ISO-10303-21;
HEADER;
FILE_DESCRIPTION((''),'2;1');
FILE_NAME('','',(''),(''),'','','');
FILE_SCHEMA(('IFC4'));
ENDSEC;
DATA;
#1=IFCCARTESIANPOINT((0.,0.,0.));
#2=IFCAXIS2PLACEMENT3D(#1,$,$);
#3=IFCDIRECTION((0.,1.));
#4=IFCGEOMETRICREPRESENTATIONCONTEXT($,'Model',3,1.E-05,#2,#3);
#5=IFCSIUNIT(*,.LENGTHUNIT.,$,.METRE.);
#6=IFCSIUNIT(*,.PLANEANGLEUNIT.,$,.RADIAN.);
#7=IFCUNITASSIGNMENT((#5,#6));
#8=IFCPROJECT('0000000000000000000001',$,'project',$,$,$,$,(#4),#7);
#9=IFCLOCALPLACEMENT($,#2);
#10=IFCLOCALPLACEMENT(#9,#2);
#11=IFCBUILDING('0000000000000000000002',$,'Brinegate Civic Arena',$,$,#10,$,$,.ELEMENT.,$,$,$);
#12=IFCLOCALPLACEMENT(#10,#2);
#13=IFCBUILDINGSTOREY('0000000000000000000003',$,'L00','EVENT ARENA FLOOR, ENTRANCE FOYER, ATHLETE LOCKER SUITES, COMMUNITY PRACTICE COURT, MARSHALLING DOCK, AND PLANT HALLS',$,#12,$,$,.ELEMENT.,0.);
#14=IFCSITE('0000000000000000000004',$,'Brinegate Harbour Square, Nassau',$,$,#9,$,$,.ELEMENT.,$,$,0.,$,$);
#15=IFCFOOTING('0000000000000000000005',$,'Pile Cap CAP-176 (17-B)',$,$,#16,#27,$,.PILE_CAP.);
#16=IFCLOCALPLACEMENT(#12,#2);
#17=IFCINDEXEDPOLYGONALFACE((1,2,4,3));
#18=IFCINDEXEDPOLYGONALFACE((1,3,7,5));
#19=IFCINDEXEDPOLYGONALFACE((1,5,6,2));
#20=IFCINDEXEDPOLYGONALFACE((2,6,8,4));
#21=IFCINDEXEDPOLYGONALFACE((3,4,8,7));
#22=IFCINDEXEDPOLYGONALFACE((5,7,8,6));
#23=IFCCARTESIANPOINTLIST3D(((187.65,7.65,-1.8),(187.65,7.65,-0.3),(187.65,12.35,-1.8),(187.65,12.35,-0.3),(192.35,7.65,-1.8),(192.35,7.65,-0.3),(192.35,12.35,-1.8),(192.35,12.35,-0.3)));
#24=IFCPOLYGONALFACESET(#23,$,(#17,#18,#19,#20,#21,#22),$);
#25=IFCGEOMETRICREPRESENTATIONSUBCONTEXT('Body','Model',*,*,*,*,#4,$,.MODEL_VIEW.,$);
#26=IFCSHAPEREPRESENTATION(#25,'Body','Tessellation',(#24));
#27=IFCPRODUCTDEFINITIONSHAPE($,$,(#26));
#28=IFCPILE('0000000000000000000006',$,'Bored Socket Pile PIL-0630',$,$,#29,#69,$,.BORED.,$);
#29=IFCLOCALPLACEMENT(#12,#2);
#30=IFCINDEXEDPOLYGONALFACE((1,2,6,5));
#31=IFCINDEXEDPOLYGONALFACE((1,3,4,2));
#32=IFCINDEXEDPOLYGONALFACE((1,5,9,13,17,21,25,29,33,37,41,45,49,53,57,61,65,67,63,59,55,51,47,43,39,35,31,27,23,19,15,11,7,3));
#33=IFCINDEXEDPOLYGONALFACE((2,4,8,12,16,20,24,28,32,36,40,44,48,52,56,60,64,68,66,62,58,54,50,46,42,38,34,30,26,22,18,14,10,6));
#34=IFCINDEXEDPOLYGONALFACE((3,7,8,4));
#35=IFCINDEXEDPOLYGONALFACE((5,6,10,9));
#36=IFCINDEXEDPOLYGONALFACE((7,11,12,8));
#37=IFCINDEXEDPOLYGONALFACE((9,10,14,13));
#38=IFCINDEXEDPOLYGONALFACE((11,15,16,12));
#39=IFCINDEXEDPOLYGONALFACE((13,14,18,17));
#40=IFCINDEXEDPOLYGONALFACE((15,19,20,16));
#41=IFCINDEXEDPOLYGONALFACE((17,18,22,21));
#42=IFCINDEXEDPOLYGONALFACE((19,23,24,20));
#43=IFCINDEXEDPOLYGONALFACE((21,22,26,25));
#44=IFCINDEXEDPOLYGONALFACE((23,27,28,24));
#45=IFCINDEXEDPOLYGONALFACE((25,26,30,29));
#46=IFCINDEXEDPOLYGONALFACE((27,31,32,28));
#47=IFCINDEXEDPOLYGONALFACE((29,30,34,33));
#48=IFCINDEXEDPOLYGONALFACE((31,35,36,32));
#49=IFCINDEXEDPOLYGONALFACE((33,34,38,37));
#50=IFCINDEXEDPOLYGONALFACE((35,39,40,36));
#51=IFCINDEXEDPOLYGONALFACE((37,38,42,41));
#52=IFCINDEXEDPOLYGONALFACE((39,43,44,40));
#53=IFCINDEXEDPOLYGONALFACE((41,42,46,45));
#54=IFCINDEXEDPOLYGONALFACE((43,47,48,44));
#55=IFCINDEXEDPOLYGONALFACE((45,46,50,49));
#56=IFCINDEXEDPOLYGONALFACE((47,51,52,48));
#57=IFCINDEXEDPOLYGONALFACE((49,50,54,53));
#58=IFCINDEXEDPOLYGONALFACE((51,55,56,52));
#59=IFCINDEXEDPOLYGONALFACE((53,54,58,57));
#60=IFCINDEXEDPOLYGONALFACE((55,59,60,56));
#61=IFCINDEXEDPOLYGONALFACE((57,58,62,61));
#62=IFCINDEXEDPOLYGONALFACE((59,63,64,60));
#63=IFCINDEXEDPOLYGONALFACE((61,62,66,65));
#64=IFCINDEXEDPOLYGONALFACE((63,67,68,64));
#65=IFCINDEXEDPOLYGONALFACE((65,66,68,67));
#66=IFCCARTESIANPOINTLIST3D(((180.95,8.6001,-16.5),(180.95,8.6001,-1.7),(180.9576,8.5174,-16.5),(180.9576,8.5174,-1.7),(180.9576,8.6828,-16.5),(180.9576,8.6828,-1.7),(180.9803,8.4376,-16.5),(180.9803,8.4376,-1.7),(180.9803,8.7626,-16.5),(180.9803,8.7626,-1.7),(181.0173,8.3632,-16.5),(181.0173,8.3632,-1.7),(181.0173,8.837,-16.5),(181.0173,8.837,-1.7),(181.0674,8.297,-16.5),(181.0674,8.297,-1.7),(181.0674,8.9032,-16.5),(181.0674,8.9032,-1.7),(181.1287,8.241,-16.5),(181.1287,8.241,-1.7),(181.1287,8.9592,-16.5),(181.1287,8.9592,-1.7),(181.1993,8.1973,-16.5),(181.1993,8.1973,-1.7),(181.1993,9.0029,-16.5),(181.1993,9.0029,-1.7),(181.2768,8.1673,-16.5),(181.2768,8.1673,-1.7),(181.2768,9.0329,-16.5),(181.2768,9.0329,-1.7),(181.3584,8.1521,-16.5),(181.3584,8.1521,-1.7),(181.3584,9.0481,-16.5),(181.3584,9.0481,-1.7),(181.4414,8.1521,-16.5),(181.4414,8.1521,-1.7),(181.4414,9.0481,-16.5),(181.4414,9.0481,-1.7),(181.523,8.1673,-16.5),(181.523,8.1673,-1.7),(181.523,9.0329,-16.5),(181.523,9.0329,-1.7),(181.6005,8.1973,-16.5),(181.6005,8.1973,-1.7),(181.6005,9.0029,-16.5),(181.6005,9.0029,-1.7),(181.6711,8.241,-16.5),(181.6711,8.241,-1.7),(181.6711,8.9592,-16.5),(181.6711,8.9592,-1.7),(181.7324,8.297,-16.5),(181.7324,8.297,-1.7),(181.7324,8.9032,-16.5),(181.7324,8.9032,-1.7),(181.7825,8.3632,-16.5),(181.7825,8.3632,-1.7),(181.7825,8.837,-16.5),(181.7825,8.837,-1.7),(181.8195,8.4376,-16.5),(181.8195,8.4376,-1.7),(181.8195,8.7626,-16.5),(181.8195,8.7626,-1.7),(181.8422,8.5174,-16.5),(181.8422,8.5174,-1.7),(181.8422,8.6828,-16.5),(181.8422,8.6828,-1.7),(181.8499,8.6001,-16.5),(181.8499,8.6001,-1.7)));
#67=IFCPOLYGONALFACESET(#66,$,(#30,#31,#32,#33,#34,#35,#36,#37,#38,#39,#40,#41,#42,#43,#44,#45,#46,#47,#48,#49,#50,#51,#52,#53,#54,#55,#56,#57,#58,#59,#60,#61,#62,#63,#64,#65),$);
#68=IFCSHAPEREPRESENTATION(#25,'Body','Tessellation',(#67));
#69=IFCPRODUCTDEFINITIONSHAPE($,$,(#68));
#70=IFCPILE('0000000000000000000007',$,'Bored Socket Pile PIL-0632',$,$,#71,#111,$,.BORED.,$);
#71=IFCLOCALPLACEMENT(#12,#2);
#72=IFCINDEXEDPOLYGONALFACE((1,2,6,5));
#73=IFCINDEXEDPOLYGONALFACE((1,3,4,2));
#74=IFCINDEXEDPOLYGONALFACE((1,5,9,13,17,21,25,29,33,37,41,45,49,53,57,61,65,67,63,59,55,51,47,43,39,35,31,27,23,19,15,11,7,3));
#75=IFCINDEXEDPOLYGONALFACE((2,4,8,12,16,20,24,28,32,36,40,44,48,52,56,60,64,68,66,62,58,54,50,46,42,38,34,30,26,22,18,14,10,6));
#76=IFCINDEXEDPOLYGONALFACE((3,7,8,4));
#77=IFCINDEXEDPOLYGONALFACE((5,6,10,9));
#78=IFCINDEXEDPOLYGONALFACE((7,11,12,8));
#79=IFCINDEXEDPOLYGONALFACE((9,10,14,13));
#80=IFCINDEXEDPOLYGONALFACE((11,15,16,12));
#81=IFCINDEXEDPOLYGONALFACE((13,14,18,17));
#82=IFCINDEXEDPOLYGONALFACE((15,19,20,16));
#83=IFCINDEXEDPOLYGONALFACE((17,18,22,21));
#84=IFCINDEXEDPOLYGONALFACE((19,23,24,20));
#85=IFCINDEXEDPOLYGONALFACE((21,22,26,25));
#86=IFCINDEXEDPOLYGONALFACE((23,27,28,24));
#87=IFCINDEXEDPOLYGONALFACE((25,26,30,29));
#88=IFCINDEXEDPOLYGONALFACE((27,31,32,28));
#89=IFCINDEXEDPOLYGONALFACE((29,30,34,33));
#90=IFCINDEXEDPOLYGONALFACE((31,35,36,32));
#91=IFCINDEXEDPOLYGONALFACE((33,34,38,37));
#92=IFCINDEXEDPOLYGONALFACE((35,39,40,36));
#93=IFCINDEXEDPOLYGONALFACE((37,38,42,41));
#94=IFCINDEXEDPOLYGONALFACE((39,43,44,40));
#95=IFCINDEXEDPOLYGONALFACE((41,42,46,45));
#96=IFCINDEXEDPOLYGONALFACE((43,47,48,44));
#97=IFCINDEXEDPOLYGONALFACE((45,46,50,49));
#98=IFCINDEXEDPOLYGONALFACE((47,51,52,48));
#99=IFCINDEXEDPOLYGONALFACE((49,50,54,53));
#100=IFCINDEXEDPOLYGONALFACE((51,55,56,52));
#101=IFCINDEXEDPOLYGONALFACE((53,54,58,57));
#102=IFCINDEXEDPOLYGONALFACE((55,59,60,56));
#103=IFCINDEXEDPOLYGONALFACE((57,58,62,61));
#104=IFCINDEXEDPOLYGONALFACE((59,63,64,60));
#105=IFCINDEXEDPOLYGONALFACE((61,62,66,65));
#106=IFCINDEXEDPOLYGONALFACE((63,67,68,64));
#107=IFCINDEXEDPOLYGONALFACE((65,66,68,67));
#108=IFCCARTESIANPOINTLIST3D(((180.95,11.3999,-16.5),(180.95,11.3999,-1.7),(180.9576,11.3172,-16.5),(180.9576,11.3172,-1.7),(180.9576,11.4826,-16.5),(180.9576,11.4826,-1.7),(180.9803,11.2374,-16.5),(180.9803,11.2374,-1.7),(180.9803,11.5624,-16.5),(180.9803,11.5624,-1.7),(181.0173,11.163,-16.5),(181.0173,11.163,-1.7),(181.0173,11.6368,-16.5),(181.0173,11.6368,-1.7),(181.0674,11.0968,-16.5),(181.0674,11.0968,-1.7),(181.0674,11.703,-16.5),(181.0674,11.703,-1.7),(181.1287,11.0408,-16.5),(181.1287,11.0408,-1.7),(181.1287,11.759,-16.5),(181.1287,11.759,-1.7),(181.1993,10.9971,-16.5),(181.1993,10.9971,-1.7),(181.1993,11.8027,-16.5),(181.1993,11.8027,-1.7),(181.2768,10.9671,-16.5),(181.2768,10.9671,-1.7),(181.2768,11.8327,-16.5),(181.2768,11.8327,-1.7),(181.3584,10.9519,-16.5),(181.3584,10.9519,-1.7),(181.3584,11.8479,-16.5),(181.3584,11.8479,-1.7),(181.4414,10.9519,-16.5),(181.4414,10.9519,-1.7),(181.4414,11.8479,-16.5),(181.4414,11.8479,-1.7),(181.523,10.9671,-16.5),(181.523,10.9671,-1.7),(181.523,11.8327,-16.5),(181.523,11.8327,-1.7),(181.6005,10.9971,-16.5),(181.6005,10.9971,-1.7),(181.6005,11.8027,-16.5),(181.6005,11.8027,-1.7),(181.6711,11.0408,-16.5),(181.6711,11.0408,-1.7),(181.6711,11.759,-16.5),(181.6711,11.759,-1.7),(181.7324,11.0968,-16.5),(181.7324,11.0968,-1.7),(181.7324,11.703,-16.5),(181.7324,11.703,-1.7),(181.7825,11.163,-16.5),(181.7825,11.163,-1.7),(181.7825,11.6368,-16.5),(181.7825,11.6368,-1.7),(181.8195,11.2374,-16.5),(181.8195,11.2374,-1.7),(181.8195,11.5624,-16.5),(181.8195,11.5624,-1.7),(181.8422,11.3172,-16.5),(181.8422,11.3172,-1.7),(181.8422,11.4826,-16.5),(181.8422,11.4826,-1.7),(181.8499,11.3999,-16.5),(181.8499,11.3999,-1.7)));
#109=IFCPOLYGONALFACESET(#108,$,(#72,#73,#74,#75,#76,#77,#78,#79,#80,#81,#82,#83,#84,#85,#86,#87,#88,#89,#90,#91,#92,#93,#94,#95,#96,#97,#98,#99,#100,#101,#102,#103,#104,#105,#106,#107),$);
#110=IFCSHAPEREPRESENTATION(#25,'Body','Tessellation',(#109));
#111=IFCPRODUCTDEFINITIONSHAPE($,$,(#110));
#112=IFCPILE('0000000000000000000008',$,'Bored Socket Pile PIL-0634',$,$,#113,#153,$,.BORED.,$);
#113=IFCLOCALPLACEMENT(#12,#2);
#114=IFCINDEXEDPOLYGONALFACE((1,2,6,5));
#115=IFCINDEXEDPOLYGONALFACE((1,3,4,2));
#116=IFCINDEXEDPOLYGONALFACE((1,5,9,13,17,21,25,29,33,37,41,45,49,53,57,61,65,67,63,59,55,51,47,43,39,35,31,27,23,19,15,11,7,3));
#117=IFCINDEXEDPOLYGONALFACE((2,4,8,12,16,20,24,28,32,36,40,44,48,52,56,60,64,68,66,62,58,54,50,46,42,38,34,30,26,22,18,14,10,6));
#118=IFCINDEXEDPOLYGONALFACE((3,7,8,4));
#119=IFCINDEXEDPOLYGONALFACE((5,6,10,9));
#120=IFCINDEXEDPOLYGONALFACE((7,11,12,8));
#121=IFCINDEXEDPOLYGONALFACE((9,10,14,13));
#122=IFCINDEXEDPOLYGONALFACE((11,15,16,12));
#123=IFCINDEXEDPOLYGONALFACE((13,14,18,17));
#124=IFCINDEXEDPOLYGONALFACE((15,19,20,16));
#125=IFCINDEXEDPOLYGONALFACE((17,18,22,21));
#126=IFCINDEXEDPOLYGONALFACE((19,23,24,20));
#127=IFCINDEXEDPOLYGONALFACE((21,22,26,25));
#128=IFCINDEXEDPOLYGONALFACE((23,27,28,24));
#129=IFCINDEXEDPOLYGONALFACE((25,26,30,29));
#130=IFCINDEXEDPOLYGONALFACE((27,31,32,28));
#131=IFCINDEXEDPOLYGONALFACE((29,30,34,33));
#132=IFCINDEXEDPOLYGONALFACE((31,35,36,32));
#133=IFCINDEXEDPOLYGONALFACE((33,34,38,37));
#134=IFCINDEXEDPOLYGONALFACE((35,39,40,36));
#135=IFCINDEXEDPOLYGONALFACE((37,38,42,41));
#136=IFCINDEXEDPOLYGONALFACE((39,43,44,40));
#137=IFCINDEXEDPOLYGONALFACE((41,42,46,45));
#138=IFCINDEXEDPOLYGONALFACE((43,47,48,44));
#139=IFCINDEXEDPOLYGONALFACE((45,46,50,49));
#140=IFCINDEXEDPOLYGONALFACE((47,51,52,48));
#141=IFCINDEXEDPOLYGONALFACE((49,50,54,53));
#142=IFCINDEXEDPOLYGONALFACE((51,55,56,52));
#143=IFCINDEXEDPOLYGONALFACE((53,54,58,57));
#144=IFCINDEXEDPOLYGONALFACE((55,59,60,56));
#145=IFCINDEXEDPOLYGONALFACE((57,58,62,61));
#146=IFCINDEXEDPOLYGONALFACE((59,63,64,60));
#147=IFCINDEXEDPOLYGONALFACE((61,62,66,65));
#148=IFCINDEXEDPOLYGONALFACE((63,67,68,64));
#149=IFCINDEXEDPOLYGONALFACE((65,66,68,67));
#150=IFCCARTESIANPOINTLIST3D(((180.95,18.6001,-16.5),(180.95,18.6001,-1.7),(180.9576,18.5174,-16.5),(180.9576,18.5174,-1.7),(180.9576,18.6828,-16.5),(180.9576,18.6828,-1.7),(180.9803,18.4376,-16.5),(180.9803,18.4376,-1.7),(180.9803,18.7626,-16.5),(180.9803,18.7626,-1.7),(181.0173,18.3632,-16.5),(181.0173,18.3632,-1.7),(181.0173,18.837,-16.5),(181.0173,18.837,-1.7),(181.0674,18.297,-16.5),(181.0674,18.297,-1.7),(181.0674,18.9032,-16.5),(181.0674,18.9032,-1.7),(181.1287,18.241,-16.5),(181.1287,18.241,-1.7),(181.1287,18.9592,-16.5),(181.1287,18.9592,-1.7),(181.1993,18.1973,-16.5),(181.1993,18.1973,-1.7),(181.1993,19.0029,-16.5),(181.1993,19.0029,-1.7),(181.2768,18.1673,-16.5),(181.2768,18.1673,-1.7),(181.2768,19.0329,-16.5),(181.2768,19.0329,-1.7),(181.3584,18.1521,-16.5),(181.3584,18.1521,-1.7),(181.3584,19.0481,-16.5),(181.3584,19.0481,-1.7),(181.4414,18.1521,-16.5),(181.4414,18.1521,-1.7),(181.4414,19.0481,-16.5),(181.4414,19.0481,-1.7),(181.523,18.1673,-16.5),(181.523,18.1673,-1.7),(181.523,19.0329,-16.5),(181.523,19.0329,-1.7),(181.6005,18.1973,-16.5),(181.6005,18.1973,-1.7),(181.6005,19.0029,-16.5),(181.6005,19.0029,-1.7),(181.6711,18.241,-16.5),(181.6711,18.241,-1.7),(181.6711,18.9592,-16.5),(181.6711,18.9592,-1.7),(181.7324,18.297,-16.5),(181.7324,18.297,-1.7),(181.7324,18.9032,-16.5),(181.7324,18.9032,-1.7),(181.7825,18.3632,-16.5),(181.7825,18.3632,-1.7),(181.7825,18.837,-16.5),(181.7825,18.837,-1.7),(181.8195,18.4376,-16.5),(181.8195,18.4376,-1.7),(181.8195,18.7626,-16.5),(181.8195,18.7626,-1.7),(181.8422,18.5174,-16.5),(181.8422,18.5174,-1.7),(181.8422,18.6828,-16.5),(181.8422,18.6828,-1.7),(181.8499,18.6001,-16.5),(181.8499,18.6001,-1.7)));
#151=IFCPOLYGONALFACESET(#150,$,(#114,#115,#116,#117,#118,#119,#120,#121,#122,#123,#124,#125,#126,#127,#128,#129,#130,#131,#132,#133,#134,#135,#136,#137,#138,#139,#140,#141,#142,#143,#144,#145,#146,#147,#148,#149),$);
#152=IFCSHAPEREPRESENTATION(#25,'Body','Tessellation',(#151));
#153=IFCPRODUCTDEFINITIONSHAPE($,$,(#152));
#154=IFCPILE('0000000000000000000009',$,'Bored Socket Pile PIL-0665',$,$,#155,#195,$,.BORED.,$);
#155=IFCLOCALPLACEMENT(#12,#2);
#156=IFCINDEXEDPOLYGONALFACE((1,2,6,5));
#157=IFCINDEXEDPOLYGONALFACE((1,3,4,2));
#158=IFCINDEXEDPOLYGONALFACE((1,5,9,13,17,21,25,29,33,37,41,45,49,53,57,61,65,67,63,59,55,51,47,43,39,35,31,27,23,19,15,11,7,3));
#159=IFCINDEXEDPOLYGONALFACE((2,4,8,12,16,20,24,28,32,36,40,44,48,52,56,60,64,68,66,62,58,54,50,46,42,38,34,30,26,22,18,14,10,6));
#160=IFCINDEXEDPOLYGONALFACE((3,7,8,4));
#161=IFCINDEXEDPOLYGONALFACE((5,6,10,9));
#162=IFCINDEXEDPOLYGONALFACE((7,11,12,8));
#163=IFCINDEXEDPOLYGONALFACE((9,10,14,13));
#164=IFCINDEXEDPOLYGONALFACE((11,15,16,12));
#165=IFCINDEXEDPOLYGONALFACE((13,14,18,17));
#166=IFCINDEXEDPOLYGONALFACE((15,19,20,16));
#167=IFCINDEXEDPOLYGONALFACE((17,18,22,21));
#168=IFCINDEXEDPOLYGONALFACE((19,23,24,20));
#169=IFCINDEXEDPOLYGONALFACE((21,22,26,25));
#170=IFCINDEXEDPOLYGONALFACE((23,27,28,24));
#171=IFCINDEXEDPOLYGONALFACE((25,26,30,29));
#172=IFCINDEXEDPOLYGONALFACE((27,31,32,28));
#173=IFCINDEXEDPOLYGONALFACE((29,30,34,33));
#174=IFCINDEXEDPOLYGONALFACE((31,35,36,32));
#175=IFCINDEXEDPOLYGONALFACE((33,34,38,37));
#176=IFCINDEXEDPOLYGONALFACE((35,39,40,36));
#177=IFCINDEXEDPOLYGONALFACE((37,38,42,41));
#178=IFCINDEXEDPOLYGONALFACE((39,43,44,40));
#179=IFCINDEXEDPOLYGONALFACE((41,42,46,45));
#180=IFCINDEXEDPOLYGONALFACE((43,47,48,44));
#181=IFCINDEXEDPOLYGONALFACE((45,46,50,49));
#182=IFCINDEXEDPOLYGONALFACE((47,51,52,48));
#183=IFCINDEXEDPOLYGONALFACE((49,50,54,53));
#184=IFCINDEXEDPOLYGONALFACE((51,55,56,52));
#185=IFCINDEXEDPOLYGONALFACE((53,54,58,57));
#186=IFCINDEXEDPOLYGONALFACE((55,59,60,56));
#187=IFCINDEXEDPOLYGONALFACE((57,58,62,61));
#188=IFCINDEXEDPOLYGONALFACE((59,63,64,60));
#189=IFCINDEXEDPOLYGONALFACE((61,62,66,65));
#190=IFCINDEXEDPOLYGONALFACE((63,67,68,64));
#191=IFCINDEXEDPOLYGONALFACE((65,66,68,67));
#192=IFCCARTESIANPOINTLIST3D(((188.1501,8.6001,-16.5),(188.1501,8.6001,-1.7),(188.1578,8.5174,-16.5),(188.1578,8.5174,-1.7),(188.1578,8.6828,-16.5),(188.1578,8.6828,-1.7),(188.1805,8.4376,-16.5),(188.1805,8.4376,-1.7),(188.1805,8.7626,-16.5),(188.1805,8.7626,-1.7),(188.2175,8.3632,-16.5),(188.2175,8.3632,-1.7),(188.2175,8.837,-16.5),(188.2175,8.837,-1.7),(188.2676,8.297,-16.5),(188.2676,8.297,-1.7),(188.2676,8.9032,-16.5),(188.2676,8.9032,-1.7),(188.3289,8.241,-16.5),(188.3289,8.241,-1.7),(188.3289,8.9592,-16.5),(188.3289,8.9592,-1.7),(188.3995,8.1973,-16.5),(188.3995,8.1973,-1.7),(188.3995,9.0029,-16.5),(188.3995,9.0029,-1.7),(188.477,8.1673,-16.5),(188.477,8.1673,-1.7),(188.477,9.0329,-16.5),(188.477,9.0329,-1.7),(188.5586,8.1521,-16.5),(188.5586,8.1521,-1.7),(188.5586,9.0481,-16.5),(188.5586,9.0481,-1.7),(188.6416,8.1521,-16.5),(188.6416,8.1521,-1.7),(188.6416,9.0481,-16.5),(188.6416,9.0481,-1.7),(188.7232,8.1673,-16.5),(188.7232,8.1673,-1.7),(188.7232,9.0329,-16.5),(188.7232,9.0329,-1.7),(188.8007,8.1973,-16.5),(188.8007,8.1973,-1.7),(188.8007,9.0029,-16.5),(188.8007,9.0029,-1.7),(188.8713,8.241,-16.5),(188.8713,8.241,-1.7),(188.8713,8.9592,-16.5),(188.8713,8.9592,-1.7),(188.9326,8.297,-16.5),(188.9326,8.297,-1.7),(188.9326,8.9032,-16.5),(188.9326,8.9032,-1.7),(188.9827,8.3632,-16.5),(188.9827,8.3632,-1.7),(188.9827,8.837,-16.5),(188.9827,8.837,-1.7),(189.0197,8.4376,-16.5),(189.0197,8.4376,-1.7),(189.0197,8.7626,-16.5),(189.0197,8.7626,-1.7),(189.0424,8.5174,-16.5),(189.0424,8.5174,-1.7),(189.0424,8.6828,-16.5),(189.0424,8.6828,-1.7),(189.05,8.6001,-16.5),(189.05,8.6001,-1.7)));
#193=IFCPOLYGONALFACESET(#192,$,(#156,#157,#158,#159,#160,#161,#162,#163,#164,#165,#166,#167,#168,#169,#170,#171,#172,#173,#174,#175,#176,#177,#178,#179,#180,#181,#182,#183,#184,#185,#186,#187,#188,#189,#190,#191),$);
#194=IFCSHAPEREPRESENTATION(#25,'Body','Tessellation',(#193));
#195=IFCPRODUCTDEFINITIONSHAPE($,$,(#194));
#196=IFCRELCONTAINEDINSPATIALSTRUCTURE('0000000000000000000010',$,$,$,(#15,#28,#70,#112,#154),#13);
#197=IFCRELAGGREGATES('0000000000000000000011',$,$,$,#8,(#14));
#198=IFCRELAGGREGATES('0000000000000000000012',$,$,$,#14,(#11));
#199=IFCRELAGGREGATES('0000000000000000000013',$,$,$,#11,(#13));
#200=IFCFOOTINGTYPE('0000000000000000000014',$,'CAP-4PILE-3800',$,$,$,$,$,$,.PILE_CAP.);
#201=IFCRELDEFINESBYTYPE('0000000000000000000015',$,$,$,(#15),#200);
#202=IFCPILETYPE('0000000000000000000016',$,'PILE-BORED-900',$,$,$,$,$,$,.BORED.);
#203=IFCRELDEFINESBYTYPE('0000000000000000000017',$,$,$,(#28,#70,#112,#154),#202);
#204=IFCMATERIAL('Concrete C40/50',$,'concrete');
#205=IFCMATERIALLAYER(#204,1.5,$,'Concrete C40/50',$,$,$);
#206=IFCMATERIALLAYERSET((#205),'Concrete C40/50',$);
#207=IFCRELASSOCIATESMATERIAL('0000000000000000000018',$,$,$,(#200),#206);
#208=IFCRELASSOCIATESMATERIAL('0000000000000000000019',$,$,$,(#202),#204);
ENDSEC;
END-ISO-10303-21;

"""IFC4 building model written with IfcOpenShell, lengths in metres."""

from ifc_helpers import new_model, si_unit, direction, frame, origin, origin_2d, place, context, subcontext, project, spatial, rectangle, circle, extrude, material, layer, layer_set, material_profile, profile_set, type_object, element, save


model = new_model("IFC4")

# Units and contexts
model_context = context("Model", 3, precision=1e-05, world=origin(), true_north=direction((0.0, 1.0)))
body_context = subcontext(model_context, "Body", "Model", "MODEL_VIEW")
ifc_project = project(units=[si_unit("LENGTHUNIT", "METRE"), si_unit("PLANEANGLEUNIT", "RADIAN")], contexts=[model_context])

# Site, building, storey
site_placement = place(None, origin())
site = spatial("IfcSite", under=ifc_project, at=site_placement, Name="Brinegate Harbour Square, Nassau", CompositionType="ELEMENT", RefElevation=0.0)
building_placement = place(site_placement, origin())
building = spatial("IfcBuilding", under=site, at=building_placement, Name="Brinegate Civic Arena", CompositionType="ELEMENT")
storey_placement = place(building_placement, origin())
storey = spatial("IfcBuildingStorey", under=building, at=storey_placement, Name="L00", Description="EVENT ARENA FLOOR, ENTRANCE FOYER, ATHLETE LOCKER SUITES, COMMUNITY PRACTICE COURT, MARSHALLING DOCK, AND PLANT HALLS", CompositionType="ELEMENT", Elevation=0.0)

# Footing
ifc_material_1 = material(Name="Concrete C40/50", Category="concrete")
ifc_layer_1 = layer(ifc_material_1, 1.5, Name="Concrete C40/50")
ifc_layer_set_1 = layer_set([ifc_layer_1], Name="Concrete C40/50")
footing_type_1 = type_object("IfcFootingType", Name="CAP-4PILE-3800", PredefinedType="PILE_CAP", material=ifc_layer_set_1)
footing_1_placement = place(storey_placement, frame((190.0, 10.0, -1.8), z_axis=(0.0, 0.0, 1.0), x_axis=(1.0, 0.0, 0.0)))
element("IfcFooting", 1, at=footing_1_placement, inside=storey, type_object=footing_type_1, Name="Pile Cap CAP-176 (17-B)", PredefinedType="PILE_CAP", context=body_context, shape_type="SweptSolid", body=[
    extrude(rectangle(XDim=4.7, YDim=4.7, at=origin_2d()), origin(), (0.0, 0.0, 1.0), 1.5),
])

# Piles
ifc_material_profile_1 = material_profile(ifc_material_1, circle(Radius=0.45, at=origin_2d()), Name="PILED900")
ifc_profile_set_1 = profile_set([ifc_material_profile_1], Name="Concrete C40/50")
pile_type = type_object("IfcPileType", Name="PILE-BORED-900", PredefinedType="BORED", material=ifc_profile_set_1)
for number, where, z_axis, x_axis, name in (
    (2, (181.3999, 8.6001, -1.7), (0.0, 0.0, -1.0), (1.0, 0.0, 0.0), "Bored Socket Pile PIL-0630"),
    (3, (181.3999, 11.3999, -1.7), (0.0, 0.0, -1.0), (1.0, 0.0, 0.0), "Bored Socket Pile PIL-0632"),
    (4, (181.3999, 18.6001, -1.7), (0.0, 0.0, -1.0), (1.0, 0.0, 0.0), "Bored Socket Pile PIL-0634"),
    (5, (188.6001, 8.6001, -1.7), (0.0, 0.0, -1.0), (1.0, 0.0, 0.0), "Bored Socket Pile PIL-0665"),
):
    element("IfcPile", number, at=place(storey_placement, frame(where, z_axis=z_axis, x_axis=x_axis)), inside=storey, type_object=pile_type, Name=name, PredefinedType="BORED", context=body_context, shape_type="SweptSolid", body=[
        extrude(circle(Radius=0.45, at=origin_2d()), origin(), (0.0, 0.0, 1.0), 14.8),
    ])

save(model, "model.ifc")
